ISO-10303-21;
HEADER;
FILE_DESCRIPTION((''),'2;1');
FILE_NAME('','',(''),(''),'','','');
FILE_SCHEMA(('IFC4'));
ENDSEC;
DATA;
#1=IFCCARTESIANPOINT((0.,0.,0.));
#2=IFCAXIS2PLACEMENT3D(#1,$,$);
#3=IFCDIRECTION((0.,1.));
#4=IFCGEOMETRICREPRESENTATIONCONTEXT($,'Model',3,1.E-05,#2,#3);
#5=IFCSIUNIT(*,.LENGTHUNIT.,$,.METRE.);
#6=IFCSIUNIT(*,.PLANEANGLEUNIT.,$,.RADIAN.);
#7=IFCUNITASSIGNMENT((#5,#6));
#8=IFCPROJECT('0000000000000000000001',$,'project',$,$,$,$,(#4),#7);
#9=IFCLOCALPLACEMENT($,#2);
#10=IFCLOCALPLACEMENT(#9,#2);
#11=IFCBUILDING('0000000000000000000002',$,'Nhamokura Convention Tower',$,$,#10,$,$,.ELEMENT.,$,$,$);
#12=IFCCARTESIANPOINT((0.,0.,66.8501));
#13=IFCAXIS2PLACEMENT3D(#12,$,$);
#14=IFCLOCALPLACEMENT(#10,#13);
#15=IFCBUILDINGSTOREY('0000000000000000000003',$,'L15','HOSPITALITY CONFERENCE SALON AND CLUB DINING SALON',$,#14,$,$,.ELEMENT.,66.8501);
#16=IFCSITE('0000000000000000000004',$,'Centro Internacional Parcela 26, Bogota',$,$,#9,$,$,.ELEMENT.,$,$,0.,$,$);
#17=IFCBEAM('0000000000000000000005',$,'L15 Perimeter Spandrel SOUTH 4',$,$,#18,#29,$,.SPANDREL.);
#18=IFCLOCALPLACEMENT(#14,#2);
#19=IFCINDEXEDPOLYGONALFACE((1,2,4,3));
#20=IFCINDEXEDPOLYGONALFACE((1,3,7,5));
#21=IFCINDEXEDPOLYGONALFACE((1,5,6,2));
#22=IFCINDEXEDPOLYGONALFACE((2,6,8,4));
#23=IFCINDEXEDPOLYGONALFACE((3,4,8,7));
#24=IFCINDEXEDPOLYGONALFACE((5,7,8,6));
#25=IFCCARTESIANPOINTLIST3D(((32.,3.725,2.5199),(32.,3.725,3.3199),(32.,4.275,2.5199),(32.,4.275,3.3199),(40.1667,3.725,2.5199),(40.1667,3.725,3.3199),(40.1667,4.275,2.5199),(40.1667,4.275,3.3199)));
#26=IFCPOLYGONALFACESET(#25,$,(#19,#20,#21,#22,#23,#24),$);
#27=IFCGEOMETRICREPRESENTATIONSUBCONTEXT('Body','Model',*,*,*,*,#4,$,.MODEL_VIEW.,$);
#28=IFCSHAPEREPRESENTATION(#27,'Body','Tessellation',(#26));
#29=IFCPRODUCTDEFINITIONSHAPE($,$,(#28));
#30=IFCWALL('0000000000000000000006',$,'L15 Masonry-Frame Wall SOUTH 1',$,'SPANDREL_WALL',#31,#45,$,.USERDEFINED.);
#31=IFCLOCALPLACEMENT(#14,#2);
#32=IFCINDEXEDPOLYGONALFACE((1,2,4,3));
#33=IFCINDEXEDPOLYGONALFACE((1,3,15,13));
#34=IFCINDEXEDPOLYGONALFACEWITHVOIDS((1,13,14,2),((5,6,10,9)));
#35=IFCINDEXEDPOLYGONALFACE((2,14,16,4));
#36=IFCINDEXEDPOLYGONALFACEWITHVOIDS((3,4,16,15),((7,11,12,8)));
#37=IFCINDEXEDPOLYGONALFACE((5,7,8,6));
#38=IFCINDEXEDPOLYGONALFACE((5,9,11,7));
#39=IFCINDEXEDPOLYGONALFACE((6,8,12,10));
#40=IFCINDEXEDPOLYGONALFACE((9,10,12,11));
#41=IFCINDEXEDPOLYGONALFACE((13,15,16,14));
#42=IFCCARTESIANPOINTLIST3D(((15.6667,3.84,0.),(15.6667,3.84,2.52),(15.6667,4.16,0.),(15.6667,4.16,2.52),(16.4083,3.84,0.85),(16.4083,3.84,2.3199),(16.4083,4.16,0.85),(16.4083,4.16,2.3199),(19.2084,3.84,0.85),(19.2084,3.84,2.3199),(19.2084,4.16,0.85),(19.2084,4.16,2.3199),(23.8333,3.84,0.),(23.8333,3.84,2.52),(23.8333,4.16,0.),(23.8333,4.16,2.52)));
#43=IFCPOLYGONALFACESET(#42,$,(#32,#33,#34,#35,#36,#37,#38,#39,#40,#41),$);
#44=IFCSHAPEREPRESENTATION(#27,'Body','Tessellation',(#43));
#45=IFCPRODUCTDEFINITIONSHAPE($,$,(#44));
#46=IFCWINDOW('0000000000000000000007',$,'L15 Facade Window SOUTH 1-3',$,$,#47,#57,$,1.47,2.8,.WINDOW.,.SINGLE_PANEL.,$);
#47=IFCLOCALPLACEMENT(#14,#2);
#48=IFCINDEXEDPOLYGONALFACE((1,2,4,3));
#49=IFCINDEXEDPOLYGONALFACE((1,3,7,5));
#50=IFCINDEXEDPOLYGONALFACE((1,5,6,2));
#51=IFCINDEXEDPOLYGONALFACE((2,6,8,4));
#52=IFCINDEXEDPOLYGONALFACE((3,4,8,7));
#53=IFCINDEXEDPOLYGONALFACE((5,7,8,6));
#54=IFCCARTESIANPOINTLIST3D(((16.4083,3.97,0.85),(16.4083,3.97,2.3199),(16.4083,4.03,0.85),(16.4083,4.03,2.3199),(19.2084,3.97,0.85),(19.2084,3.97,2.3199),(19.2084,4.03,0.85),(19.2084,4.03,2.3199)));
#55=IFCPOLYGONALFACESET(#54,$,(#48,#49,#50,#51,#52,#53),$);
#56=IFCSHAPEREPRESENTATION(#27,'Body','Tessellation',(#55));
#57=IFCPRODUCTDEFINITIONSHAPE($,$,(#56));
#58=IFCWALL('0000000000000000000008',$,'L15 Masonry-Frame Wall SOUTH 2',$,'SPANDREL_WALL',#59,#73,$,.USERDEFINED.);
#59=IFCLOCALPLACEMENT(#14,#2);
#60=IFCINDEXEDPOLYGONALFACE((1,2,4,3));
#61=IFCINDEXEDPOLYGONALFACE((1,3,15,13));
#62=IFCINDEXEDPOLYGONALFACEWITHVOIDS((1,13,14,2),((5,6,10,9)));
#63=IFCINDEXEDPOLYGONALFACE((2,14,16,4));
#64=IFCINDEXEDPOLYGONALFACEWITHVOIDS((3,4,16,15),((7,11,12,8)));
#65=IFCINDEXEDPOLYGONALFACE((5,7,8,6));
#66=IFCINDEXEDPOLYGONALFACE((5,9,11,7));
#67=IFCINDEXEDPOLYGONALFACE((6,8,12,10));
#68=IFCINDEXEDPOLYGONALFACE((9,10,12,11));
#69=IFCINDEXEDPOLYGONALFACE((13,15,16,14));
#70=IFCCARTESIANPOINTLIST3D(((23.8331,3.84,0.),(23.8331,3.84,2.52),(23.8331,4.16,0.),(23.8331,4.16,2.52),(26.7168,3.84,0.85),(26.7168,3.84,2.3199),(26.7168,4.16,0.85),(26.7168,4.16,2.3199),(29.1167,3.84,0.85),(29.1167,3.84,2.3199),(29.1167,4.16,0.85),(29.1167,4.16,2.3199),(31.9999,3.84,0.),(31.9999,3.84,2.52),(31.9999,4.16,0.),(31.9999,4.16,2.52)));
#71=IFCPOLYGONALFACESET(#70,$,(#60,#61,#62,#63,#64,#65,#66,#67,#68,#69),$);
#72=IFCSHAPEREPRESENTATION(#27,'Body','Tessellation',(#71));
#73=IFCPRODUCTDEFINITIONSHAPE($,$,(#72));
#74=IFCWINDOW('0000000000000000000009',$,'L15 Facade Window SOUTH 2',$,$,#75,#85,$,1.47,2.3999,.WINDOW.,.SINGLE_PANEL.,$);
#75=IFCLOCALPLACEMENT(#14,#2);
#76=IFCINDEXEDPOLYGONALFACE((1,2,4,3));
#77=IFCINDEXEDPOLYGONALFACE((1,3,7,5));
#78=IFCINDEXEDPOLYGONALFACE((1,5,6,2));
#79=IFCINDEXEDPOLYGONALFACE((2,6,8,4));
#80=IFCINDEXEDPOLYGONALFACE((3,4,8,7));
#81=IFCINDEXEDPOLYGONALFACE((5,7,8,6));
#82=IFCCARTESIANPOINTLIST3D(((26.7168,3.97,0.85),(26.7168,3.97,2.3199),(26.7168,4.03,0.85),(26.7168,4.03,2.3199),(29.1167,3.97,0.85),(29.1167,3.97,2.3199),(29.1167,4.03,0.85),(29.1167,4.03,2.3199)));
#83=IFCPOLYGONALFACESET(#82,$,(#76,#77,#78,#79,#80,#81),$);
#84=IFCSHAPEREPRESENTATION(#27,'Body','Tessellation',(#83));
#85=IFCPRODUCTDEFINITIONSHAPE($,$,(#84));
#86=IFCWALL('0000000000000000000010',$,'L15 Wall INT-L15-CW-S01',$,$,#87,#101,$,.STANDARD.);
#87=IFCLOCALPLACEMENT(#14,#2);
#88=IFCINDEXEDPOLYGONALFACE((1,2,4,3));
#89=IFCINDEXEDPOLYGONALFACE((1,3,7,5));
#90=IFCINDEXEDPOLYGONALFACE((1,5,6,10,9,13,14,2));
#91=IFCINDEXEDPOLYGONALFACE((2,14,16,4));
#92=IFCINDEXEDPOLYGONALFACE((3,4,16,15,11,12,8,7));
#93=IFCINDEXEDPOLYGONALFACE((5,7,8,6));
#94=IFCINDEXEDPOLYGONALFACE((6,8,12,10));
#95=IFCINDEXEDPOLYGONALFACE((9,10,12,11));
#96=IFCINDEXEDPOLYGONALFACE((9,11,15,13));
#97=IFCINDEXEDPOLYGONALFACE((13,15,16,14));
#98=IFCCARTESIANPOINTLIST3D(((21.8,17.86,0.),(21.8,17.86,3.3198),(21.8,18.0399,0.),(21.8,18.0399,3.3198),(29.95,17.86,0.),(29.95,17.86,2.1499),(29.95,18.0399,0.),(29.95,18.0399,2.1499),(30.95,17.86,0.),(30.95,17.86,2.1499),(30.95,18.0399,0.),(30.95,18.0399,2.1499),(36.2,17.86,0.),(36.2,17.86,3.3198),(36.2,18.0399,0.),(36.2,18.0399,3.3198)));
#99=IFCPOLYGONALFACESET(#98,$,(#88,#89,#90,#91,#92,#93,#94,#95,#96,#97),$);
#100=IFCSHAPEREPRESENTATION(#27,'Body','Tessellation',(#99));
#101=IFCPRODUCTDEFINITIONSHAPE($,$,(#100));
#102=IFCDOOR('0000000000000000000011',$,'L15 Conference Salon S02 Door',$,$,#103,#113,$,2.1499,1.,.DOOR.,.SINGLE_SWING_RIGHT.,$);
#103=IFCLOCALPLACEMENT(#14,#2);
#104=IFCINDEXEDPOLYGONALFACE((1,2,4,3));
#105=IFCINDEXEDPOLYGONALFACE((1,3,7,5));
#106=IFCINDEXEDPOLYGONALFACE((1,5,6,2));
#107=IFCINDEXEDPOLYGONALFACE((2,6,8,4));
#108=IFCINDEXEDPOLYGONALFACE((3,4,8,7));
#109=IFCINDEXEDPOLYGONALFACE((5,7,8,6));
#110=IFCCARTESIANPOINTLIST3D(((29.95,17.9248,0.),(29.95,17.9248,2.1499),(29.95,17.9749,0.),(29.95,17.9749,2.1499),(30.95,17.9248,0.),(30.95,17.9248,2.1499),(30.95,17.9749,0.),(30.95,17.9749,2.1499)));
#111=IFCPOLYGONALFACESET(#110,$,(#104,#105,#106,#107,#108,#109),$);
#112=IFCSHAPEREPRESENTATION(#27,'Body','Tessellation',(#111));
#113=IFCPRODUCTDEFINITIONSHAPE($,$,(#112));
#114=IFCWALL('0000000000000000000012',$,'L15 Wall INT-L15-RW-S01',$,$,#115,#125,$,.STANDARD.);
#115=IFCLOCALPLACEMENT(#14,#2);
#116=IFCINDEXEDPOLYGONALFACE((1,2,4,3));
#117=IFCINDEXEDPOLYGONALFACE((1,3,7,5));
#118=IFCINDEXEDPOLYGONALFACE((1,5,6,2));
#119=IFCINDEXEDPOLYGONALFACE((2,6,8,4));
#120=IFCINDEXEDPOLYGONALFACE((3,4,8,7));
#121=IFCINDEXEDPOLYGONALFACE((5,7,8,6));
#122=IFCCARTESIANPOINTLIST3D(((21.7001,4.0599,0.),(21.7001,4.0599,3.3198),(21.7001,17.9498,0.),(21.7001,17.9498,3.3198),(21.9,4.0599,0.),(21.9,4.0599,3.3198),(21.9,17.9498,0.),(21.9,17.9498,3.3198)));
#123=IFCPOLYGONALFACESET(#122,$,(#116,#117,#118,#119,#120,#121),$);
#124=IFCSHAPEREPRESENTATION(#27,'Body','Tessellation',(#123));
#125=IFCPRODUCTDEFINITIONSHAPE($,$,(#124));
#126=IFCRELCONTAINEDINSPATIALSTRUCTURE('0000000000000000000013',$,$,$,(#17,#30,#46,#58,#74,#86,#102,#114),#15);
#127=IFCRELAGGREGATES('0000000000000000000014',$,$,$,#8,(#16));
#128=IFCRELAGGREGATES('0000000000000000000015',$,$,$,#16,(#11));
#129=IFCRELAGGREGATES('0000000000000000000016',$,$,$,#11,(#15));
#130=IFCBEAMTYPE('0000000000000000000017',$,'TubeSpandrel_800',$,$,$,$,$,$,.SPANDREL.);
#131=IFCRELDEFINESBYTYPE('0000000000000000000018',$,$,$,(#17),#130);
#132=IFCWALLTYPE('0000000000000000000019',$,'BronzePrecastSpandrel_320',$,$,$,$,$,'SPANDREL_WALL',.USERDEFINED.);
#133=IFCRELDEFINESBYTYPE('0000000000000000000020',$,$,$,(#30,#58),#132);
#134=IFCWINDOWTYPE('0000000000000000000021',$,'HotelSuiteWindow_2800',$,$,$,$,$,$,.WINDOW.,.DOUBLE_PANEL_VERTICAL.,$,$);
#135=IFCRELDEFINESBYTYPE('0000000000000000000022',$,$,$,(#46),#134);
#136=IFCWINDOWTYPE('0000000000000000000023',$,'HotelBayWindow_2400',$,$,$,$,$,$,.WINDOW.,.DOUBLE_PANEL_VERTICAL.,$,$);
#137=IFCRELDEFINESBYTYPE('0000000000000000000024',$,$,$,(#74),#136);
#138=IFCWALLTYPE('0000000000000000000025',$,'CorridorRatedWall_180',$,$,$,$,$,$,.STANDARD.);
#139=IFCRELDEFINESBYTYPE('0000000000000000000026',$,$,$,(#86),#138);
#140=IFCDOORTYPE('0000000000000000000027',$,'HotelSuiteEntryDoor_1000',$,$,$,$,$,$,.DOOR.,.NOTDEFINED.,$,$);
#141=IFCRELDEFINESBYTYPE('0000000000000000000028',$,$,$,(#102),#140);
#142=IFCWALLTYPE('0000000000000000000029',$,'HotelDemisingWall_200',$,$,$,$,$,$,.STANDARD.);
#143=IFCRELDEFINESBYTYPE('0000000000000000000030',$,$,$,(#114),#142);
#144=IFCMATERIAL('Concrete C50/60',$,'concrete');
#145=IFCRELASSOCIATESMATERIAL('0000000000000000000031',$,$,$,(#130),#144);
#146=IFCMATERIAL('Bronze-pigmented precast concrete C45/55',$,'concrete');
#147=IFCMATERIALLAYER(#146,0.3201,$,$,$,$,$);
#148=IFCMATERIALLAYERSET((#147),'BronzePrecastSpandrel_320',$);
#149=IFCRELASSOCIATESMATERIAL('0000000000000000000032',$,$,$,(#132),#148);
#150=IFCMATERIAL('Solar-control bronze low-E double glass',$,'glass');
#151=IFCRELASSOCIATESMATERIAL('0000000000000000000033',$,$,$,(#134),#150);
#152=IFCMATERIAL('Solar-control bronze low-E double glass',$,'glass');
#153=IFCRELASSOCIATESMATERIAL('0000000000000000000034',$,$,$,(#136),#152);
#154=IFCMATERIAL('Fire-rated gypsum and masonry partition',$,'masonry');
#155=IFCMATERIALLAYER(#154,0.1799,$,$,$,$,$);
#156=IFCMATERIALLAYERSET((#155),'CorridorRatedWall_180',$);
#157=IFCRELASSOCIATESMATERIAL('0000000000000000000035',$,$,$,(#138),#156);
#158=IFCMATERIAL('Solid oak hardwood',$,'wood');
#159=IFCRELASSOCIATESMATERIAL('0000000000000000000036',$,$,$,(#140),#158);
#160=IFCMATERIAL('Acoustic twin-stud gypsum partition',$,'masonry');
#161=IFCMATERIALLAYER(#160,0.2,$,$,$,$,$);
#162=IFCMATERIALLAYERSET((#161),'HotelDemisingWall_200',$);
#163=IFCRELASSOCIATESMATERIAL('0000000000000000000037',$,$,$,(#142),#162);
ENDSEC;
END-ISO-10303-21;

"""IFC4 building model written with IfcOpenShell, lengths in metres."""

from ifc_helpers import new_model, si_unit, direction, frame, frame_2d, origin, origin_2d, place, context, subcontext, project, spatial, rectangle, extrude, material, layer, layer_set, material_profile, profile_set, type_object, element, fill, save


model = new_model("IFC4")

# Units and contexts
model_context = context("Model", 3, precision=1e-05, world=origin(), true_north=direction((0.0, 1.0)))
body_context = subcontext(model_context, "Body", "Model", "MODEL_VIEW")
ifc_project = project(units=[si_unit("LENGTHUNIT", "METRE"), si_unit("PLANEANGLEUNIT", "RADIAN")], contexts=[model_context])

# Site, building, storey
site_placement = place(None, origin())
site = spatial("IfcSite", under=ifc_project, at=site_placement, Name="Centro Internacional Parcela 26, Bogota", CompositionType="ELEMENT", RefElevation=0.0)
building_placement = place(site_placement, origin())
building = spatial("IfcBuilding", under=site, at=building_placement, Name="Nhamokura Convention Tower", CompositionType="ELEMENT")
storey_placement = place(building_placement, frame((0.0, 0.0, 66.8501)))
storey = spatial("IfcBuildingStorey", under=building, at=storey_placement, Name="L15", Description="HOSPITALITY CONFERENCE SALON AND CLUB DINING SALON", CompositionType="ELEMENT", Elevation=66.8501)

# Beam
ifc_material_1 = material(Name="Concrete C50/60", Category="concrete")
ifc_material_profile_1 = material_profile(ifc_material_1, rectangle(XDim=0.55, YDim=0.8, at=origin_2d()))
ifc_profile_set_1 = profile_set([ifc_material_profile_1], Name="Concrete C50/60")
beam_type_1 = type_object("IfcBeamType", Name="TubeSpandrel_800", PredefinedType="SPANDREL", material=ifc_profile_set_1)
for number, where, z_axis, x_axis, name in (
    (1, (32.0, 4.0, 2.9199), (1.0, 0.0, 0.0), (0.0, 1.0, 0.0), "L15 Perimeter Spandrel SOUTH 4"),
):
    element("IfcBeam", number, at=place(storey_placement, frame(where, z_axis=z_axis, x_axis=x_axis)), inside=storey, type_object=beam_type_1, Name=name, PredefinedType="SPANDREL", context=body_context, shape_type="SweptSolid", body=[
        extrude(rectangle(XDim=0.55, YDim=0.8, at=origin_2d()), origin(), (0.0, 0.0, 1.0), 8.1667),
    ])

# Walls, openings, windows
ifc_material_2 = material(Name="Bronze-pigmented precast concrete C45/55", Category="concrete")
ifc_layer_1 = layer(ifc_material_2, 0.3201)
ifc_layer_set_1 = layer_set([ifc_layer_1], Name="BronzePrecastSpandrel_320")
wall_type_1 = type_object("IfcWallType", Name="BronzePrecastSpandrel_320", ElementType="SPANDREL_WALL", PredefinedType="USERDEFINED", material=ifc_layer_set_1)
wall_1_placement = place(storey_placement, frame((23.8333, 4.0, 0.0), z_axis=(0.0, 0.0, 1.0), x_axis=(-1.0, 0.0, 0.0)))
wall_1 = element("IfcWall", 2, at=wall_1_placement, inside=storey, type_object=wall_type_1, Name="L15 Masonry-Frame Wall SOUTH 1", ObjectType="SPANDREL_WALL", PredefinedType="USERDEFINED", context=body_context, shape_type="SweptSolid", body=[
    extrude(rectangle(XDim=8.1665, YDim=0.3201, at=frame_2d((4.0833, 0.0))), origin(), (0.0, 0.0, 1.0), 2.52),
])
opening_1_placement = place(wall_1_placement, frame((4.625, 0.0, 0.8501)))
opening_1 = element("IfcOpeningElement", 3, at=opening_1_placement, cuts=wall_1, PredefinedType="OPENING", context=body_context, shape_type="SweptSolid", body=[
    extrude(rectangle(XDim=2.8, YDim=1.47, at=frame_2d((1.3999, 0.7349))), frame((0.0, 0.1699, 0.0), z_axis=(0.0, -1.0, 0.0), x_axis=(1.0, 0.0, 0.0)), (0.0, 0.0, 1.0), 0.3401),
])
ifc_material_3 = material(Name="Solar-control bronze low-E double glass", Category="glass")
window_type_1 = type_object("IfcWindowType", Name="HotelSuiteWindow_2800", PartitioningType="DOUBLE_PANEL_VERTICAL", PredefinedType="WINDOW", material=ifc_material_3)
window_1_placement = place(opening_1_placement, origin())
window_1 = element("IfcWindow", 4, at=window_1_placement, inside=storey, type_object=window_type_1, Name="L15 Facade Window SOUTH 1-3", OverallHeight=1.47, OverallWidth=2.8, PartitioningType="SINGLE_PANEL", PredefinedType="WINDOW", context=body_context, shape_type="SweptSolid", body=[
    extrude(rectangle(XDim=2.8, YDim=1.47, at=frame_2d((1.3999, 0.7349))), frame((0.0, 0.03, 0.0), z_axis=(0.0, -1.0, 0.0), x_axis=(1.0, 0.0, 0.0)), (0.0, 0.0, 1.0), 0.0601),
])
fill(opening_1, window_1)
wall_2_placement = place(storey_placement, frame((32.0, 4.0, 0.0), z_axis=(0.0, 0.0, 1.0), x_axis=(-1.0, 0.0, 0.0)))
wall_2 = element("IfcWall", 5, at=wall_2_placement, inside=storey, type_object=wall_type_1, Name="L15 Masonry-Frame Wall SOUTH 2", ObjectType="SPANDREL_WALL", PredefinedType="USERDEFINED", context=body_context, shape_type="SweptSolid", body=[
    extrude(rectangle(XDim=8.1667, YDim=0.3201, at=frame_2d((4.0835, 0.0))), origin(), (0.0, 0.0, 1.0), 2.52),
])
opening_2_placement = place(wall_2_placement, frame((2.8833, 0.0, 0.8501)))
opening_2 = element("IfcOpeningElement", 6, at=opening_2_placement, cuts=wall_2, PredefinedType="OPENING", context=body_context, shape_type="SweptSolid", body=[
    extrude(rectangle(XDim=2.3999, YDim=1.47, at=frame_2d((1.2, 0.7349))), frame((0.0, 0.1699, 0.0), z_axis=(0.0, -1.0, 0.0), x_axis=(1.0, 0.0, 0.0)), (0.0, 0.0, 1.0), 0.3401),
])
ifc_material_4 = material(Name="Solar-control bronze low-E double glass", Category="glass")
window_type_2 = type_object("IfcWindowType", Name="HotelBayWindow_2400", PartitioningType="DOUBLE_PANEL_VERTICAL", PredefinedType="WINDOW", material=ifc_material_4)
window_2_placement = place(opening_2_placement, origin())
window_2 = element("IfcWindow", 7, at=window_2_placement, inside=storey, type_object=window_type_2, Name="L15 Facade Window SOUTH 2", OverallHeight=1.47, OverallWidth=2.3999, PartitioningType="SINGLE_PANEL", PredefinedType="WINDOW", context=body_context, shape_type="SweptSolid", body=[
    extrude(rectangle(XDim=2.3999, YDim=1.47, at=frame_2d((1.2, 0.7349))), frame((0.0, 0.03, 0.0), z_axis=(0.0, -1.0, 0.0), x_axis=(1.0, 0.0, 0.0)), (0.0, 0.0, 1.0), 0.0601),
])
fill(opening_2, window_2)

# Wall, opening, door
ifc_material_5 = material(Name="Fire-rated gypsum and masonry partition", Category="masonry")
ifc_layer_2 = layer(ifc_material_5, 0.1799)
ifc_layer_set_2 = layer_set([ifc_layer_2], Name="CorridorRatedWall_180")
wall_type_2 = type_object("IfcWallType", Name="CorridorRatedWall_180", PredefinedType="STANDARD", material=ifc_layer_set_2)
wall_3_placement = place(storey_placement, frame((21.8, 17.95, 0.0), z_axis=(0.0, 0.0, 1.0), x_axis=(1.0, 0.0, 0.0)))
wall_3 = element("IfcWall", 8, at=wall_3_placement, inside=storey, type_object=wall_type_2, Name="L15 Wall INT-L15-CW-S01", PredefinedType="STANDARD", context=body_context, shape_type="SweptSolid", body=[
    extrude(rectangle(XDim=14.3999, YDim=0.1799, at=frame_2d((7.2, 0.0))), origin(), (0.0, 0.0, 1.0), 3.3198),
])
opening_3_placement = place(wall_3_placement, frame((8.1499, 0.0, 0.0)))
opening_3 = element("IfcOpeningElement", 9, at=opening_3_placement, cuts=wall_3, PredefinedType="OPENING", context=body_context, shape_type="SweptSolid", body=[
    extrude(rectangle(XDim=1.0, YDim=2.1499, at=frame_2d((0.5, 1.075))), frame((0.0, 0.0999, 0.0), z_axis=(0.0, -1.0, 0.0), x_axis=(1.0, 0.0, 0.0)), (0.0, 0.0, 1.0), 0.2),
])
ifc_material_6 = material(Name="Solid oak hardwood", Category="wood")
door_type_1 = type_object("IfcDoorType", Name="HotelSuiteEntryDoor_1000", OperationType="NOTDEFINED", PredefinedType="DOOR", material=ifc_material_6)
door_1_placement = place(opening_3_placement, origin())
door_1 = element("IfcDoor", 10, at=door_1_placement, inside=storey, type_object=door_type_1, Name="L15 Conference Salon S02 Door", OperationType="SINGLE_SWING_RIGHT", OverallHeight=2.1499, OverallWidth=1.0, PredefinedType="DOOR", context=body_context, shape_type="SweptSolid", body=[
    extrude(rectangle(XDim=1.0, YDim=2.1499, at=frame_2d((0.5, 1.075))), frame((0.0, 0.0249, 0.0), z_axis=(0.0, -1.0, 0.0), x_axis=(1.0, 0.0, 0.0)), (0.0, 0.0, 1.0), 0.05),
])
fill(opening_3, door_1)

# Wall
ifc_material_7 = material(Name="Acoustic twin-stud gypsum partition", Category="masonry")
ifc_layer_3 = layer(ifc_material_7, 0.2)
ifc_layer_set_3 = layer_set([ifc_layer_3], Name="HotelDemisingWall_200")
wall_type_3 = type_object("IfcWallType", Name="HotelDemisingWall_200", PredefinedType="STANDARD", material=ifc_layer_set_3)
wall_4_placement = place(storey_placement, frame((21.8, 4.0601, 0.0), z_axis=(0.0, 0.0, 1.0), x_axis=(0.0, 1.0, 0.0)))
element("IfcWall", 11, at=wall_4_placement, inside=storey, type_object=wall_type_3, Name="L15 Wall INT-L15-RW-S01", PredefinedType="STANDARD", context=body_context, shape_type="SweptSolid", body=[
    extrude(rectangle(XDim=13.8899, YDim=0.2, at=frame_2d((6.9448, 0.0))), origin(), (0.0, 0.0, 1.0), 3.3198),
])

save(model, "model.ifc")
